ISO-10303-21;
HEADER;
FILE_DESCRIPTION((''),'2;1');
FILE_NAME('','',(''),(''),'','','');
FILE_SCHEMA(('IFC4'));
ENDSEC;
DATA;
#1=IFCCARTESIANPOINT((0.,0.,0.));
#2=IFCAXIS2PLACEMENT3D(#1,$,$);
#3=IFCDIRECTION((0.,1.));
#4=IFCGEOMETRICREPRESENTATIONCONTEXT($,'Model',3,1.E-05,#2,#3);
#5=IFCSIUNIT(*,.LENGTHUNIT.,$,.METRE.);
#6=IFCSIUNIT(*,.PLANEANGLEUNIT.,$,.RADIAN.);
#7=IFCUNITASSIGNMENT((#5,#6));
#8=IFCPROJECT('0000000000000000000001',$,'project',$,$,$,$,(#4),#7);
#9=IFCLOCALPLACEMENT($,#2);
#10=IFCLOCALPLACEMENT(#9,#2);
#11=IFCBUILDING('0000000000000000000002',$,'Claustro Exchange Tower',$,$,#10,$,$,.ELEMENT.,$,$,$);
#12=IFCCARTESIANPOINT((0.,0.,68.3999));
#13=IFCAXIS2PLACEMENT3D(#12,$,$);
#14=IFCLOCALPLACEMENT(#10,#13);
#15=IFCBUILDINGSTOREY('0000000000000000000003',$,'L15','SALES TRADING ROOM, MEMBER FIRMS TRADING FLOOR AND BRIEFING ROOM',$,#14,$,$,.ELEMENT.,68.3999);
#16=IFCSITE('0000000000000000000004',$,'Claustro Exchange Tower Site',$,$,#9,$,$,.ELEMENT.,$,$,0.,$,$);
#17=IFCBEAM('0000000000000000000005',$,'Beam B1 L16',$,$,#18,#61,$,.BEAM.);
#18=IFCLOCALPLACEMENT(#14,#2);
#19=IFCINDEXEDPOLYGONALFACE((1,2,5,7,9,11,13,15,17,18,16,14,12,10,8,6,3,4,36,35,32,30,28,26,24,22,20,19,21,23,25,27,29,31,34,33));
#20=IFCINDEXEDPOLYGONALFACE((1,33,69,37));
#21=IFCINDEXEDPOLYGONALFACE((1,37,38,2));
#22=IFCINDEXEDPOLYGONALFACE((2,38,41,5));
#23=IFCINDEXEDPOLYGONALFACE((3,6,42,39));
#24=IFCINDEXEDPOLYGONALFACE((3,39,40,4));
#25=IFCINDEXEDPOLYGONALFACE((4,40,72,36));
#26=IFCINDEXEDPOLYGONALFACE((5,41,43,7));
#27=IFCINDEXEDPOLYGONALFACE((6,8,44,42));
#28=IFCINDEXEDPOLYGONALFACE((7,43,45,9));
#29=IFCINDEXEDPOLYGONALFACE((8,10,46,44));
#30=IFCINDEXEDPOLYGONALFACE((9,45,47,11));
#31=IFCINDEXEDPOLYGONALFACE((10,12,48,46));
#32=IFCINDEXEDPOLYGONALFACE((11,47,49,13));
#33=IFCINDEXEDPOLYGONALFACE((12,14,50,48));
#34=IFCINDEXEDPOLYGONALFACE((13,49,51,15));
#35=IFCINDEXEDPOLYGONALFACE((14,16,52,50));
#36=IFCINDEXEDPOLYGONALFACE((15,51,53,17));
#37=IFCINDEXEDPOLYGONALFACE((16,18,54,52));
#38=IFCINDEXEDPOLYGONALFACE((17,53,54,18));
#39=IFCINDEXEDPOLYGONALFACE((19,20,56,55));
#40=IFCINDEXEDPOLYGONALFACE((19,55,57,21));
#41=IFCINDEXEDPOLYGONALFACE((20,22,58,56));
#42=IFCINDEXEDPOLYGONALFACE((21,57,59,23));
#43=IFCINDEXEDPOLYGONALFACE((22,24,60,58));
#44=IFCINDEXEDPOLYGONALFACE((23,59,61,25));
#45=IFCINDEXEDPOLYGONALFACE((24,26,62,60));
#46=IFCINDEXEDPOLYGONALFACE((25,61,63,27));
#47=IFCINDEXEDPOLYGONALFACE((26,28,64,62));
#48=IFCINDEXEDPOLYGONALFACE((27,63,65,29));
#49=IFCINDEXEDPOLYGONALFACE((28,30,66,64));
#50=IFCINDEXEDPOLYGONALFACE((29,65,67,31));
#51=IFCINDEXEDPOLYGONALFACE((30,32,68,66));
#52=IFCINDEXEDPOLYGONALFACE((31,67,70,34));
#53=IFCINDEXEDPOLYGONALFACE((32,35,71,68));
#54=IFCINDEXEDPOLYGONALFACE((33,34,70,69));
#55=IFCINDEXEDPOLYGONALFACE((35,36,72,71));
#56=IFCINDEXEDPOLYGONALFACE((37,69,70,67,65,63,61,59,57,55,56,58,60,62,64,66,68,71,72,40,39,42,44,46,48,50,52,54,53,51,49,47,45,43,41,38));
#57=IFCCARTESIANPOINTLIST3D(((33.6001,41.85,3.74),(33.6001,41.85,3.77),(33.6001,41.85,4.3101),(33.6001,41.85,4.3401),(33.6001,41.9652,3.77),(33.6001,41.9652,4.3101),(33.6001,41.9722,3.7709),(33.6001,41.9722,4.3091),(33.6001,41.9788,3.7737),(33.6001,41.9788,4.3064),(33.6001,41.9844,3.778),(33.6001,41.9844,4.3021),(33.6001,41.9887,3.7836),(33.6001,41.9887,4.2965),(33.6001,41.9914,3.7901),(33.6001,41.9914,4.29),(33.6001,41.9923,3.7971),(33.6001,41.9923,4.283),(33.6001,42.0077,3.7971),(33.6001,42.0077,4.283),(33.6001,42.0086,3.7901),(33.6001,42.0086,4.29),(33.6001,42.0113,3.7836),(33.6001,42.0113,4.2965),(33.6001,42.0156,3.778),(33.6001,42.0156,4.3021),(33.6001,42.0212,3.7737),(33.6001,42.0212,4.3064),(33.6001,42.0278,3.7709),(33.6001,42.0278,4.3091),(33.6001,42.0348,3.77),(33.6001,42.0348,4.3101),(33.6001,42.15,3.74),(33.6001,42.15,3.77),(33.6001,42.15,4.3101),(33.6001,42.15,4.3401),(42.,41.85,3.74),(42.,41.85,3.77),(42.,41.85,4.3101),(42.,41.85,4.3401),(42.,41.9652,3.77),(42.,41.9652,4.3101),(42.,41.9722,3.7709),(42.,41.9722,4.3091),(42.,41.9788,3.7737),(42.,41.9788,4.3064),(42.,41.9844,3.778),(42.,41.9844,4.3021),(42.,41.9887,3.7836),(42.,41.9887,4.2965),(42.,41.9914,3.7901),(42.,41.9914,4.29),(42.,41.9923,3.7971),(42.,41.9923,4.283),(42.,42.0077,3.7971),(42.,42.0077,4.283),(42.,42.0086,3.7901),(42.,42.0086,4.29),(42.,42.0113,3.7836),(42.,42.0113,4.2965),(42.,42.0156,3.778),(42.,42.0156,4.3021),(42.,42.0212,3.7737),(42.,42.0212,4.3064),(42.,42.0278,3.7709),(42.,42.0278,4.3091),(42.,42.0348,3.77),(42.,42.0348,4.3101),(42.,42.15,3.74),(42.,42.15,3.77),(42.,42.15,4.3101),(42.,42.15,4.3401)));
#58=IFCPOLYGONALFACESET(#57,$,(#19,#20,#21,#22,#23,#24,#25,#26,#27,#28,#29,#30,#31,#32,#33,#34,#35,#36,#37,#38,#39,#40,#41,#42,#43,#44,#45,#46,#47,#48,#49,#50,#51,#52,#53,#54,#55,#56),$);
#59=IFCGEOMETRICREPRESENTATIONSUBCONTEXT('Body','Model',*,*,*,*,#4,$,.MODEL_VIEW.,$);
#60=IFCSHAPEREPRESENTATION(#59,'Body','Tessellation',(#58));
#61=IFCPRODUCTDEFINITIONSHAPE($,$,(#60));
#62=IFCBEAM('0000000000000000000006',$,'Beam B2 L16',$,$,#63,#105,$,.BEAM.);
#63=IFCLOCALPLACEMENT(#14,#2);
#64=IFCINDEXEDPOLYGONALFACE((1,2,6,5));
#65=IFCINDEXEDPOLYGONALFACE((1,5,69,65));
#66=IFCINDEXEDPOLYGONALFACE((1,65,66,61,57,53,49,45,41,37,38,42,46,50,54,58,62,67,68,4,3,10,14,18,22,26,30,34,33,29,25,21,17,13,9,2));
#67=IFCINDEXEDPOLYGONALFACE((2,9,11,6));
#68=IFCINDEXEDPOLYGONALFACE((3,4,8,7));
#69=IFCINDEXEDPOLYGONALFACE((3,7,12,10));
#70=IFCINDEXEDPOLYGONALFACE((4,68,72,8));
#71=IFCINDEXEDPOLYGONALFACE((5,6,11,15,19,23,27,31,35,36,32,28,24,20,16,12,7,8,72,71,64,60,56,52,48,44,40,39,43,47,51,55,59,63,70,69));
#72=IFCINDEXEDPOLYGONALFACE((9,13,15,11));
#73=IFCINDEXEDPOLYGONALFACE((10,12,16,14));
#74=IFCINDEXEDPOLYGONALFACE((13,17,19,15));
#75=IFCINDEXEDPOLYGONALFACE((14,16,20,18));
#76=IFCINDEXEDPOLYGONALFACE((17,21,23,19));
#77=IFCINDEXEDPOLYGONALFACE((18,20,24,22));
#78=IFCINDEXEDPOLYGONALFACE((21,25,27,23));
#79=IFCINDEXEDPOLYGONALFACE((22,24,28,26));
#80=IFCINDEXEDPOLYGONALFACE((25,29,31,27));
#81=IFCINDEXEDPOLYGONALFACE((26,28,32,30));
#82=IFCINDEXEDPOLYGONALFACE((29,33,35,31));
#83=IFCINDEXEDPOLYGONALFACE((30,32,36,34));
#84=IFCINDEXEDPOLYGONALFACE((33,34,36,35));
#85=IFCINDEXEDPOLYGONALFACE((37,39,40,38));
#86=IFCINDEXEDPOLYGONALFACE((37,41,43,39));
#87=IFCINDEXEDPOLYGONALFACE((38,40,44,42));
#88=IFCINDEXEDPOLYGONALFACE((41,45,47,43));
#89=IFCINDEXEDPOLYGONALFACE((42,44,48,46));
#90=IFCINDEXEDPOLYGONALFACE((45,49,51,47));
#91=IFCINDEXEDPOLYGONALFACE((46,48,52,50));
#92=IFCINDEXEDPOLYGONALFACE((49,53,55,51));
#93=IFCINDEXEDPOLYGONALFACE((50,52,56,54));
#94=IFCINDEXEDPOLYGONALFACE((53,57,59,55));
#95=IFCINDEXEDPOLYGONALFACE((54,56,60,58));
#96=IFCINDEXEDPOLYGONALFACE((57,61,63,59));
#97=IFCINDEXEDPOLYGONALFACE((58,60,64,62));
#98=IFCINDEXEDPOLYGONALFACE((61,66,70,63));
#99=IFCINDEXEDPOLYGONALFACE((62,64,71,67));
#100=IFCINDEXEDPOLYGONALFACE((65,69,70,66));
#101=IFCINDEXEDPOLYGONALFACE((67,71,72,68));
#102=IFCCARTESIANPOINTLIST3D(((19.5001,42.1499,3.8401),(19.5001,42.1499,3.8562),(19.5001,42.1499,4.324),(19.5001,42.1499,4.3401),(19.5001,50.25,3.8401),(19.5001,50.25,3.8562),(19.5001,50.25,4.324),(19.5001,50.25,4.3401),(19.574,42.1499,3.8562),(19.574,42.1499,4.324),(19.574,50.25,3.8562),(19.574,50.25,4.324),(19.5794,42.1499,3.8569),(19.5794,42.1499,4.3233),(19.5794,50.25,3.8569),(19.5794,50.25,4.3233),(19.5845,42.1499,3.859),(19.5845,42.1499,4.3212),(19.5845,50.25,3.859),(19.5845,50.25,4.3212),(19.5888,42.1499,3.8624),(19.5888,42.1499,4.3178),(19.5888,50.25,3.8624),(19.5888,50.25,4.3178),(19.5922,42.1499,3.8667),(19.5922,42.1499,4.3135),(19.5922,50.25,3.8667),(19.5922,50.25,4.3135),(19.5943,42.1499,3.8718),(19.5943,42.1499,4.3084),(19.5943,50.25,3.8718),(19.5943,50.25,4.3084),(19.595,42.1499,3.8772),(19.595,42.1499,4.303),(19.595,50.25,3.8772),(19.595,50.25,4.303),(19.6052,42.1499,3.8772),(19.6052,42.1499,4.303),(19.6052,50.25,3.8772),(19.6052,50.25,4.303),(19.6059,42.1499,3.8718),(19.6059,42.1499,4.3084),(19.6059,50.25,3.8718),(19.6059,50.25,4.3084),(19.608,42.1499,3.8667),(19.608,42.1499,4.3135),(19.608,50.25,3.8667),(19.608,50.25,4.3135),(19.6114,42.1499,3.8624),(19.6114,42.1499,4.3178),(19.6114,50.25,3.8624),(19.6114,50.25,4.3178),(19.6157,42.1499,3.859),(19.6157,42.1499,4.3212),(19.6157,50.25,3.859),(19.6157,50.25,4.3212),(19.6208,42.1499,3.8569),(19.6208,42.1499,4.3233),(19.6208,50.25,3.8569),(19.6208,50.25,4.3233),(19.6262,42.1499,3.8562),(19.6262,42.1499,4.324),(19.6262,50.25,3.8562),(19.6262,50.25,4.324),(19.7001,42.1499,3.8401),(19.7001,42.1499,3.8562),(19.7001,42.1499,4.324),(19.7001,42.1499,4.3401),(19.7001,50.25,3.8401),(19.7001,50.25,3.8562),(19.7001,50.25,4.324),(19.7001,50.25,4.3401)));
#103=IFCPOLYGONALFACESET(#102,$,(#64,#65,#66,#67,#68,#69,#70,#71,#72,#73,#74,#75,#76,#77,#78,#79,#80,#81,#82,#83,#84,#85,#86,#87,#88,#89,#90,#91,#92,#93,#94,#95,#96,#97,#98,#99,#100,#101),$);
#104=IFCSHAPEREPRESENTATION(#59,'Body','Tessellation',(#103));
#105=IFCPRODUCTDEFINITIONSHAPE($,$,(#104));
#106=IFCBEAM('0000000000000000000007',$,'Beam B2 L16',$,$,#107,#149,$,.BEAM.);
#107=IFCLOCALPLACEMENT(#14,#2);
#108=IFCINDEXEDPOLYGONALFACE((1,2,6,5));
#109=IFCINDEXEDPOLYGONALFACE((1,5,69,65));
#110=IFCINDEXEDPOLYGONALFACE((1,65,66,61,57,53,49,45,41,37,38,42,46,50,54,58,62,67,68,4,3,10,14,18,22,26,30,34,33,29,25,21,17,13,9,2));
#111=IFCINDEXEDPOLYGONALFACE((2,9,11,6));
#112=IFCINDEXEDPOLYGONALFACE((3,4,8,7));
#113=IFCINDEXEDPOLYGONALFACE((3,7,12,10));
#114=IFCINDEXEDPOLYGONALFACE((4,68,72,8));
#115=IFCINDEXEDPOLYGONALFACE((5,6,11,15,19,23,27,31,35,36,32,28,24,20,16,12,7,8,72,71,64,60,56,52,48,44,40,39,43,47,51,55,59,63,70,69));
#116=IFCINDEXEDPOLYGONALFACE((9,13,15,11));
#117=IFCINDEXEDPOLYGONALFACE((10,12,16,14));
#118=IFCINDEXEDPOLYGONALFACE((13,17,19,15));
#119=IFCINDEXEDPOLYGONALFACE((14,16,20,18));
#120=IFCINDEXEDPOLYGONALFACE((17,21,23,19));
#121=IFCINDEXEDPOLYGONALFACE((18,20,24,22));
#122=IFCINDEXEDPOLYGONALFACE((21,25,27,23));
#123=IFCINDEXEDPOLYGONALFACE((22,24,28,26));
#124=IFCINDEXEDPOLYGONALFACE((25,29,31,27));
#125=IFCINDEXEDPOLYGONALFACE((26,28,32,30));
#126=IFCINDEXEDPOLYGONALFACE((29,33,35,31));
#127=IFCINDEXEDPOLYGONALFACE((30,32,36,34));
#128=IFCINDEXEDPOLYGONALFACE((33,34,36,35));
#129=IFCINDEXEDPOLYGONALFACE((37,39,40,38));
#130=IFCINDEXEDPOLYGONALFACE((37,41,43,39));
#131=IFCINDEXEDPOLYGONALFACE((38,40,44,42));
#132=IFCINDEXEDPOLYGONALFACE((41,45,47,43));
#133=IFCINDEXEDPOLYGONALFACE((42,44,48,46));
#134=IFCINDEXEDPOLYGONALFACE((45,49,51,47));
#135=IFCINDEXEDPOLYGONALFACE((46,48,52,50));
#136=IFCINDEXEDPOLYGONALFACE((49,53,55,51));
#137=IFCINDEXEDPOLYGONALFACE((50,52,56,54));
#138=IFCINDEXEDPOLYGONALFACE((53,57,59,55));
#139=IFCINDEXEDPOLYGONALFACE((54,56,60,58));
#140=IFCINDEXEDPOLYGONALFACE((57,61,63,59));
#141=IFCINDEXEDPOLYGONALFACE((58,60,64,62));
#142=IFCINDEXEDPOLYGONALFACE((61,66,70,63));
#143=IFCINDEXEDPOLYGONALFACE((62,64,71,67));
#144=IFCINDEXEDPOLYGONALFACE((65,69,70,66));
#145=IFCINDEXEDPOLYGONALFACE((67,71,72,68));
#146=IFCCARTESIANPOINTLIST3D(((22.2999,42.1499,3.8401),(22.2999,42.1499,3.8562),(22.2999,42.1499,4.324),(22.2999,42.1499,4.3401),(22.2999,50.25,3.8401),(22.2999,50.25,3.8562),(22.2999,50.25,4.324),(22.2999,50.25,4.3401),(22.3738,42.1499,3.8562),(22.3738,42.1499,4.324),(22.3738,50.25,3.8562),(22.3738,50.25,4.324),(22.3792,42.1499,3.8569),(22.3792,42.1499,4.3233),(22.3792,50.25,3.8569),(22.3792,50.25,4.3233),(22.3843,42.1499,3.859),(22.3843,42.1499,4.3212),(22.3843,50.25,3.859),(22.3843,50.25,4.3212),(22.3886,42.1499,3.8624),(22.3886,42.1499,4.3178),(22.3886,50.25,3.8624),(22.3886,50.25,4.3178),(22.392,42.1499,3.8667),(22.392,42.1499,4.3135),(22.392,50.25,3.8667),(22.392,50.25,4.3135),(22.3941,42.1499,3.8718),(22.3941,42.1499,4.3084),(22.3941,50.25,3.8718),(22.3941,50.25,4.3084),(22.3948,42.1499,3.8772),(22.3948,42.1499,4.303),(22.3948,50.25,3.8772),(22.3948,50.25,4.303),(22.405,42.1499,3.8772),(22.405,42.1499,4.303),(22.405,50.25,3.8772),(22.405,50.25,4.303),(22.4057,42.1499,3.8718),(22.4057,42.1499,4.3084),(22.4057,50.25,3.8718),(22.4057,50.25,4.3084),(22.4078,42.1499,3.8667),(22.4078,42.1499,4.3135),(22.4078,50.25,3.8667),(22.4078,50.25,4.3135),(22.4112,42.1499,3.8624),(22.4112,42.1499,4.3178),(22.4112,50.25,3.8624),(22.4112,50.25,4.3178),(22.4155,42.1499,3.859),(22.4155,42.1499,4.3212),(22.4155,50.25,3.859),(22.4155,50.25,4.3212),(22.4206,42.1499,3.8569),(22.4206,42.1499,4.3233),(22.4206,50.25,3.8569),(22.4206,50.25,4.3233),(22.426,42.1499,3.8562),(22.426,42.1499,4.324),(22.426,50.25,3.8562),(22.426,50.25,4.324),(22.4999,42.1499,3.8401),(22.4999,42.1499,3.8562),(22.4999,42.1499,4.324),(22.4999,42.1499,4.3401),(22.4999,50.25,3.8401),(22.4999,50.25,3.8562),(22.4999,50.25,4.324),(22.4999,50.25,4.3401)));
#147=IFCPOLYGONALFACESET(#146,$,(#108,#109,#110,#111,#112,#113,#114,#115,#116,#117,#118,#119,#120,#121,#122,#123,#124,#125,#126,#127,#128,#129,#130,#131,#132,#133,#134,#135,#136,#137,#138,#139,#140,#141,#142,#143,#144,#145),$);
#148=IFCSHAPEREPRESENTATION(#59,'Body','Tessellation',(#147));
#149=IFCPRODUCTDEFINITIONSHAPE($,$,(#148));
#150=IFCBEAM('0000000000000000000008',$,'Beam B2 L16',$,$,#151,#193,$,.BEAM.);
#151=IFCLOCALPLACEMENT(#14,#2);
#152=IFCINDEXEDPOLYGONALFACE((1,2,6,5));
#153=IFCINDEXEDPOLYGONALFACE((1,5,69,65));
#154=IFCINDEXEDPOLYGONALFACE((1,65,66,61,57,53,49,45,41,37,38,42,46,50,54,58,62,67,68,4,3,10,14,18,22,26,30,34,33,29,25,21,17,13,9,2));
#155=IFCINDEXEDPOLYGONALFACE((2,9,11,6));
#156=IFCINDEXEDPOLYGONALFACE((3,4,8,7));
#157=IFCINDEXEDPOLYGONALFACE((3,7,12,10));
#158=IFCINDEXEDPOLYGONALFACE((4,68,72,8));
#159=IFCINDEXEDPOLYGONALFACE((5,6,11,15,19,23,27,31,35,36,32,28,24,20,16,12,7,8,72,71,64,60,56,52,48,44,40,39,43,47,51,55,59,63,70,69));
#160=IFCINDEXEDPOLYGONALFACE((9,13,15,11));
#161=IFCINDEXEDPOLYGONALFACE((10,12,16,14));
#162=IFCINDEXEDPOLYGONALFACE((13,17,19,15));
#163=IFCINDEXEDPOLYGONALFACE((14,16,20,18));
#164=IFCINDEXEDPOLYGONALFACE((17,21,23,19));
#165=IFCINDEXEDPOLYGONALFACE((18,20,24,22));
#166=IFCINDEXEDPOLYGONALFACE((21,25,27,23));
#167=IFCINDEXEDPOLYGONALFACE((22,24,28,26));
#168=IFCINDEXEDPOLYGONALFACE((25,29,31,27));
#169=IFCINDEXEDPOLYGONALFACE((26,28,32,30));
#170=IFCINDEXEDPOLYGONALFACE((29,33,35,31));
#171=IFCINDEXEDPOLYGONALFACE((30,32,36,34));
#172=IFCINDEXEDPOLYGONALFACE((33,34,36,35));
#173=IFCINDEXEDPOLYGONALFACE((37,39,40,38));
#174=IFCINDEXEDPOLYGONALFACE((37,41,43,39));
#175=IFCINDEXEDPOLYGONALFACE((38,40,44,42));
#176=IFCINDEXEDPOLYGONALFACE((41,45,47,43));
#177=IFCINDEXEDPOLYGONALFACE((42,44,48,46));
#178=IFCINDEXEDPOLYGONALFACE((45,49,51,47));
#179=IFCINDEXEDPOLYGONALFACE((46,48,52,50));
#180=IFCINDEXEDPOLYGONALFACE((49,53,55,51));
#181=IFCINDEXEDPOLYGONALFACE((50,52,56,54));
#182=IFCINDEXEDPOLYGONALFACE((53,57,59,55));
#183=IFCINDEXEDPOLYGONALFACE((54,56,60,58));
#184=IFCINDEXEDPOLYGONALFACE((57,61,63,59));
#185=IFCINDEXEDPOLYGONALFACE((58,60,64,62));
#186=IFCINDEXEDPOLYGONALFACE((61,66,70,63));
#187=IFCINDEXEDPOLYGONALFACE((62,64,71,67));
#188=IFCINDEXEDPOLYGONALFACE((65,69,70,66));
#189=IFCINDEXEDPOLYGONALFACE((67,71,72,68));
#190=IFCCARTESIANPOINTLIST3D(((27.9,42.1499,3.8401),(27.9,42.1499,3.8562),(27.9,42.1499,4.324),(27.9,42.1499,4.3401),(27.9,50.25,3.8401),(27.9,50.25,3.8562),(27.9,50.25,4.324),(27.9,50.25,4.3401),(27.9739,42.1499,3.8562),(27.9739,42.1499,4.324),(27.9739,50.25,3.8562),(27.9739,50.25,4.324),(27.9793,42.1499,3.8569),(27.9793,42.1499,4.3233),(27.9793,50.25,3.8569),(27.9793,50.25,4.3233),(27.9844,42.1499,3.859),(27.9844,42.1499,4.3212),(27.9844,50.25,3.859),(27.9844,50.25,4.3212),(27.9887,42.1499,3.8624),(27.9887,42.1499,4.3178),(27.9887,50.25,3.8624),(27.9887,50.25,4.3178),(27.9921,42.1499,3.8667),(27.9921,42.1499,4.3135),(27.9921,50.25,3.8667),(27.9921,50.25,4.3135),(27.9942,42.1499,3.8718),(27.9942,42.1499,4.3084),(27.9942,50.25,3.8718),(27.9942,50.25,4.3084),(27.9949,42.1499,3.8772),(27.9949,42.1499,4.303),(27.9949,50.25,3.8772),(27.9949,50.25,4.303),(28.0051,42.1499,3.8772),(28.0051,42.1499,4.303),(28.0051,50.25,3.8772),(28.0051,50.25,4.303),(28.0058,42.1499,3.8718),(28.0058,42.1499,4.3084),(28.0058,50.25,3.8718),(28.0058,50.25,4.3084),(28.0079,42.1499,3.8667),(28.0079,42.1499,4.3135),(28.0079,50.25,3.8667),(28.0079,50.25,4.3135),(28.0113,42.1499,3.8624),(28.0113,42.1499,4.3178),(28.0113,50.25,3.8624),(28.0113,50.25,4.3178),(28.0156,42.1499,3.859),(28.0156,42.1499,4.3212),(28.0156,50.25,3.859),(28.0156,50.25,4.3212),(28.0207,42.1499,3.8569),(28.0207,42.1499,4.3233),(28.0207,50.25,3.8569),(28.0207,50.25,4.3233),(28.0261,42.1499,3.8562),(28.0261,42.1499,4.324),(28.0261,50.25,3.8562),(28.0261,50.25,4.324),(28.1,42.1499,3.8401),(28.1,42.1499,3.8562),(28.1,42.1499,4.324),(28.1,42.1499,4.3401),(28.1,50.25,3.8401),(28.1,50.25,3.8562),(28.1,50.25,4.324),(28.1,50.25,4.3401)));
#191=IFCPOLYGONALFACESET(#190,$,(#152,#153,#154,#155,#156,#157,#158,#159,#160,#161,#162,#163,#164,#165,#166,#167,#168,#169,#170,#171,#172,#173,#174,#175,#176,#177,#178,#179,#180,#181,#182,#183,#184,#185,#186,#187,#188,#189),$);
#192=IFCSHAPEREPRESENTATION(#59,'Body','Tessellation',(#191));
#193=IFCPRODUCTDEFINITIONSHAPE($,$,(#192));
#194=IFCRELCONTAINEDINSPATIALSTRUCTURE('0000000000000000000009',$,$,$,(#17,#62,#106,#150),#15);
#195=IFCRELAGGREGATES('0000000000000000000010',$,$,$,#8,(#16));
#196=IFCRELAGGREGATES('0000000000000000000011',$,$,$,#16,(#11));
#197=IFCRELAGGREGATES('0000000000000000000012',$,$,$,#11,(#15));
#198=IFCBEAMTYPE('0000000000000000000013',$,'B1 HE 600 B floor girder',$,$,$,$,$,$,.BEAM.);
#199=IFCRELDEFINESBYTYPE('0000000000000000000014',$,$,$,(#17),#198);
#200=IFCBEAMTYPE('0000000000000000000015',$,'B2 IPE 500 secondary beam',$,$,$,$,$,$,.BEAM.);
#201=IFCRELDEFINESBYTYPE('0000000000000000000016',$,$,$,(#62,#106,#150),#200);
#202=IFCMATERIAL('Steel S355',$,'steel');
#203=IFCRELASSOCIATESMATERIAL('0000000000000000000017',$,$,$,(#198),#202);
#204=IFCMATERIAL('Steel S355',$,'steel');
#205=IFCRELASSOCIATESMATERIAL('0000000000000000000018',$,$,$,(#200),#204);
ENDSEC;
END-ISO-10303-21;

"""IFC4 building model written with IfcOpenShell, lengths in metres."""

from ifc_helpers import new_model, si_unit, direction, frame, origin, origin_2d, place, context, subcontext, project, spatial, i_section, extrude, material, material_profile, profile_set, type_object, element, save


model = new_model("IFC4")

# Units and contexts
model_context = context("Model", 3, precision=1e-05, world=origin(), true_north=direction((0.0, 1.0)))
body_context = subcontext(model_context, "Body", "Model", "MODEL_VIEW")
ifc_project = project(units=[si_unit("LENGTHUNIT", "METRE"), si_unit("PLANEANGLEUNIT", "RADIAN")], contexts=[model_context])

# Site, building, storey
site_placement = place(None, origin())
site = spatial("IfcSite", under=ifc_project, at=site_placement, Name="Claustro Exchange Tower Site", CompositionType="ELEMENT", RefElevation=0.0)
building_placement = place(site_placement, origin())
building = spatial("IfcBuilding", under=site, at=building_placement, Name="Claustro Exchange Tower", CompositionType="ELEMENT")
storey_placement = place(building_placement, frame((0.0, 0.0, 68.3999)))
storey = spatial("IfcBuildingStorey", under=building, at=storey_placement, Name="L15", Description="SALES TRADING ROOM, MEMBER FIRMS TRADING FLOOR AND BRIEFING ROOM", CompositionType="ELEMENT", Elevation=68.3999)

# Beams
ifc_material_1 = material(Name="Steel S355", Category="steel")
ifc_material_profile_1 = material_profile(ifc_material_1, i_section(OverallWidth=0.3, OverallDepth=0.6001, WebThickness=0.0154, FlangeThickness=0.03, FilletRadius=0.0271, at=origin_2d()), Name="HE 600 B")
ifc_profile_set_1 = profile_set([ifc_material_profile_1], Name="Steel S355")
beam_type_1 = type_object("IfcBeamType", Name="B1 HE 600 B floor girder", PredefinedType="BEAM", material=ifc_profile_set_1)
beam_1_placement = place(storey_placement, frame((33.6001, 42.0, 4.04), z_axis=(1.0, 0.0, 0.0), x_axis=(0.0, 1.0, 0.0)))
element("IfcBeam", 1, at=beam_1_placement, inside=storey, type_object=beam_type_1, Name="Beam B1 L16", PredefinedType="BEAM", context=body_context, shape_type="SweptSolid", body=[
    extrude(i_section(OverallWidth=0.3, OverallDepth=0.6001, WebThickness=0.0154, FlangeThickness=0.03, FilletRadius=0.0271, at=origin_2d()), origin(), (0.0, 0.0, 1.0), 8.3999),
])
ifc_material_2 = material(Name="Steel S355", Category="steel")
ifc_material_profile_2 = material_profile(ifc_material_2, i_section(OverallWidth=0.2, OverallDepth=0.5, WebThickness=0.0103, FlangeThickness=0.0161, FilletRadius=0.021, at=origin_2d()), Name="IPE 500")
ifc_profile_set_2 = profile_set([ifc_material_profile_2], Name="Steel S355")
beam_type_2 = type_object("IfcBeamType", Name="B2 IPE 500 secondary beam", PredefinedType="BEAM", material=ifc_profile_set_2)
for number, where, z_axis, x_axis, name in (
    (2, (19.6001, 42.1499, 4.0901), (0.0, 1.0, 0.0), (-1.0, 0.0, 0.0), "Beam B2 L16"),
    (3, (22.3999, 42.1499, 4.0901), (0.0, 1.0, 0.0), (-1.0, 0.0, 0.0), "Beam B2 L16"),
    (4, (28.0, 42.1499, 4.0901), (0.0, 1.0, 0.0), (-1.0, 0.0, 0.0), "Beam B2 L16"),
):
    element("IfcBeam", number, at=place(storey_placement, frame(where, z_axis=z_axis, x_axis=x_axis)), inside=storey, type_object=beam_type_2, Name=name, PredefinedType="BEAM", context=body_context, shape_type="SweptSolid", body=[
        extrude(i_section(OverallWidth=0.2, OverallDepth=0.5, WebThickness=0.0103, FlangeThickness=0.0161, FilletRadius=0.021, at=origin_2d()), origin(), (0.0, 0.0, 1.0), 8.1001),
    ])

save(model, "model.ifc")
